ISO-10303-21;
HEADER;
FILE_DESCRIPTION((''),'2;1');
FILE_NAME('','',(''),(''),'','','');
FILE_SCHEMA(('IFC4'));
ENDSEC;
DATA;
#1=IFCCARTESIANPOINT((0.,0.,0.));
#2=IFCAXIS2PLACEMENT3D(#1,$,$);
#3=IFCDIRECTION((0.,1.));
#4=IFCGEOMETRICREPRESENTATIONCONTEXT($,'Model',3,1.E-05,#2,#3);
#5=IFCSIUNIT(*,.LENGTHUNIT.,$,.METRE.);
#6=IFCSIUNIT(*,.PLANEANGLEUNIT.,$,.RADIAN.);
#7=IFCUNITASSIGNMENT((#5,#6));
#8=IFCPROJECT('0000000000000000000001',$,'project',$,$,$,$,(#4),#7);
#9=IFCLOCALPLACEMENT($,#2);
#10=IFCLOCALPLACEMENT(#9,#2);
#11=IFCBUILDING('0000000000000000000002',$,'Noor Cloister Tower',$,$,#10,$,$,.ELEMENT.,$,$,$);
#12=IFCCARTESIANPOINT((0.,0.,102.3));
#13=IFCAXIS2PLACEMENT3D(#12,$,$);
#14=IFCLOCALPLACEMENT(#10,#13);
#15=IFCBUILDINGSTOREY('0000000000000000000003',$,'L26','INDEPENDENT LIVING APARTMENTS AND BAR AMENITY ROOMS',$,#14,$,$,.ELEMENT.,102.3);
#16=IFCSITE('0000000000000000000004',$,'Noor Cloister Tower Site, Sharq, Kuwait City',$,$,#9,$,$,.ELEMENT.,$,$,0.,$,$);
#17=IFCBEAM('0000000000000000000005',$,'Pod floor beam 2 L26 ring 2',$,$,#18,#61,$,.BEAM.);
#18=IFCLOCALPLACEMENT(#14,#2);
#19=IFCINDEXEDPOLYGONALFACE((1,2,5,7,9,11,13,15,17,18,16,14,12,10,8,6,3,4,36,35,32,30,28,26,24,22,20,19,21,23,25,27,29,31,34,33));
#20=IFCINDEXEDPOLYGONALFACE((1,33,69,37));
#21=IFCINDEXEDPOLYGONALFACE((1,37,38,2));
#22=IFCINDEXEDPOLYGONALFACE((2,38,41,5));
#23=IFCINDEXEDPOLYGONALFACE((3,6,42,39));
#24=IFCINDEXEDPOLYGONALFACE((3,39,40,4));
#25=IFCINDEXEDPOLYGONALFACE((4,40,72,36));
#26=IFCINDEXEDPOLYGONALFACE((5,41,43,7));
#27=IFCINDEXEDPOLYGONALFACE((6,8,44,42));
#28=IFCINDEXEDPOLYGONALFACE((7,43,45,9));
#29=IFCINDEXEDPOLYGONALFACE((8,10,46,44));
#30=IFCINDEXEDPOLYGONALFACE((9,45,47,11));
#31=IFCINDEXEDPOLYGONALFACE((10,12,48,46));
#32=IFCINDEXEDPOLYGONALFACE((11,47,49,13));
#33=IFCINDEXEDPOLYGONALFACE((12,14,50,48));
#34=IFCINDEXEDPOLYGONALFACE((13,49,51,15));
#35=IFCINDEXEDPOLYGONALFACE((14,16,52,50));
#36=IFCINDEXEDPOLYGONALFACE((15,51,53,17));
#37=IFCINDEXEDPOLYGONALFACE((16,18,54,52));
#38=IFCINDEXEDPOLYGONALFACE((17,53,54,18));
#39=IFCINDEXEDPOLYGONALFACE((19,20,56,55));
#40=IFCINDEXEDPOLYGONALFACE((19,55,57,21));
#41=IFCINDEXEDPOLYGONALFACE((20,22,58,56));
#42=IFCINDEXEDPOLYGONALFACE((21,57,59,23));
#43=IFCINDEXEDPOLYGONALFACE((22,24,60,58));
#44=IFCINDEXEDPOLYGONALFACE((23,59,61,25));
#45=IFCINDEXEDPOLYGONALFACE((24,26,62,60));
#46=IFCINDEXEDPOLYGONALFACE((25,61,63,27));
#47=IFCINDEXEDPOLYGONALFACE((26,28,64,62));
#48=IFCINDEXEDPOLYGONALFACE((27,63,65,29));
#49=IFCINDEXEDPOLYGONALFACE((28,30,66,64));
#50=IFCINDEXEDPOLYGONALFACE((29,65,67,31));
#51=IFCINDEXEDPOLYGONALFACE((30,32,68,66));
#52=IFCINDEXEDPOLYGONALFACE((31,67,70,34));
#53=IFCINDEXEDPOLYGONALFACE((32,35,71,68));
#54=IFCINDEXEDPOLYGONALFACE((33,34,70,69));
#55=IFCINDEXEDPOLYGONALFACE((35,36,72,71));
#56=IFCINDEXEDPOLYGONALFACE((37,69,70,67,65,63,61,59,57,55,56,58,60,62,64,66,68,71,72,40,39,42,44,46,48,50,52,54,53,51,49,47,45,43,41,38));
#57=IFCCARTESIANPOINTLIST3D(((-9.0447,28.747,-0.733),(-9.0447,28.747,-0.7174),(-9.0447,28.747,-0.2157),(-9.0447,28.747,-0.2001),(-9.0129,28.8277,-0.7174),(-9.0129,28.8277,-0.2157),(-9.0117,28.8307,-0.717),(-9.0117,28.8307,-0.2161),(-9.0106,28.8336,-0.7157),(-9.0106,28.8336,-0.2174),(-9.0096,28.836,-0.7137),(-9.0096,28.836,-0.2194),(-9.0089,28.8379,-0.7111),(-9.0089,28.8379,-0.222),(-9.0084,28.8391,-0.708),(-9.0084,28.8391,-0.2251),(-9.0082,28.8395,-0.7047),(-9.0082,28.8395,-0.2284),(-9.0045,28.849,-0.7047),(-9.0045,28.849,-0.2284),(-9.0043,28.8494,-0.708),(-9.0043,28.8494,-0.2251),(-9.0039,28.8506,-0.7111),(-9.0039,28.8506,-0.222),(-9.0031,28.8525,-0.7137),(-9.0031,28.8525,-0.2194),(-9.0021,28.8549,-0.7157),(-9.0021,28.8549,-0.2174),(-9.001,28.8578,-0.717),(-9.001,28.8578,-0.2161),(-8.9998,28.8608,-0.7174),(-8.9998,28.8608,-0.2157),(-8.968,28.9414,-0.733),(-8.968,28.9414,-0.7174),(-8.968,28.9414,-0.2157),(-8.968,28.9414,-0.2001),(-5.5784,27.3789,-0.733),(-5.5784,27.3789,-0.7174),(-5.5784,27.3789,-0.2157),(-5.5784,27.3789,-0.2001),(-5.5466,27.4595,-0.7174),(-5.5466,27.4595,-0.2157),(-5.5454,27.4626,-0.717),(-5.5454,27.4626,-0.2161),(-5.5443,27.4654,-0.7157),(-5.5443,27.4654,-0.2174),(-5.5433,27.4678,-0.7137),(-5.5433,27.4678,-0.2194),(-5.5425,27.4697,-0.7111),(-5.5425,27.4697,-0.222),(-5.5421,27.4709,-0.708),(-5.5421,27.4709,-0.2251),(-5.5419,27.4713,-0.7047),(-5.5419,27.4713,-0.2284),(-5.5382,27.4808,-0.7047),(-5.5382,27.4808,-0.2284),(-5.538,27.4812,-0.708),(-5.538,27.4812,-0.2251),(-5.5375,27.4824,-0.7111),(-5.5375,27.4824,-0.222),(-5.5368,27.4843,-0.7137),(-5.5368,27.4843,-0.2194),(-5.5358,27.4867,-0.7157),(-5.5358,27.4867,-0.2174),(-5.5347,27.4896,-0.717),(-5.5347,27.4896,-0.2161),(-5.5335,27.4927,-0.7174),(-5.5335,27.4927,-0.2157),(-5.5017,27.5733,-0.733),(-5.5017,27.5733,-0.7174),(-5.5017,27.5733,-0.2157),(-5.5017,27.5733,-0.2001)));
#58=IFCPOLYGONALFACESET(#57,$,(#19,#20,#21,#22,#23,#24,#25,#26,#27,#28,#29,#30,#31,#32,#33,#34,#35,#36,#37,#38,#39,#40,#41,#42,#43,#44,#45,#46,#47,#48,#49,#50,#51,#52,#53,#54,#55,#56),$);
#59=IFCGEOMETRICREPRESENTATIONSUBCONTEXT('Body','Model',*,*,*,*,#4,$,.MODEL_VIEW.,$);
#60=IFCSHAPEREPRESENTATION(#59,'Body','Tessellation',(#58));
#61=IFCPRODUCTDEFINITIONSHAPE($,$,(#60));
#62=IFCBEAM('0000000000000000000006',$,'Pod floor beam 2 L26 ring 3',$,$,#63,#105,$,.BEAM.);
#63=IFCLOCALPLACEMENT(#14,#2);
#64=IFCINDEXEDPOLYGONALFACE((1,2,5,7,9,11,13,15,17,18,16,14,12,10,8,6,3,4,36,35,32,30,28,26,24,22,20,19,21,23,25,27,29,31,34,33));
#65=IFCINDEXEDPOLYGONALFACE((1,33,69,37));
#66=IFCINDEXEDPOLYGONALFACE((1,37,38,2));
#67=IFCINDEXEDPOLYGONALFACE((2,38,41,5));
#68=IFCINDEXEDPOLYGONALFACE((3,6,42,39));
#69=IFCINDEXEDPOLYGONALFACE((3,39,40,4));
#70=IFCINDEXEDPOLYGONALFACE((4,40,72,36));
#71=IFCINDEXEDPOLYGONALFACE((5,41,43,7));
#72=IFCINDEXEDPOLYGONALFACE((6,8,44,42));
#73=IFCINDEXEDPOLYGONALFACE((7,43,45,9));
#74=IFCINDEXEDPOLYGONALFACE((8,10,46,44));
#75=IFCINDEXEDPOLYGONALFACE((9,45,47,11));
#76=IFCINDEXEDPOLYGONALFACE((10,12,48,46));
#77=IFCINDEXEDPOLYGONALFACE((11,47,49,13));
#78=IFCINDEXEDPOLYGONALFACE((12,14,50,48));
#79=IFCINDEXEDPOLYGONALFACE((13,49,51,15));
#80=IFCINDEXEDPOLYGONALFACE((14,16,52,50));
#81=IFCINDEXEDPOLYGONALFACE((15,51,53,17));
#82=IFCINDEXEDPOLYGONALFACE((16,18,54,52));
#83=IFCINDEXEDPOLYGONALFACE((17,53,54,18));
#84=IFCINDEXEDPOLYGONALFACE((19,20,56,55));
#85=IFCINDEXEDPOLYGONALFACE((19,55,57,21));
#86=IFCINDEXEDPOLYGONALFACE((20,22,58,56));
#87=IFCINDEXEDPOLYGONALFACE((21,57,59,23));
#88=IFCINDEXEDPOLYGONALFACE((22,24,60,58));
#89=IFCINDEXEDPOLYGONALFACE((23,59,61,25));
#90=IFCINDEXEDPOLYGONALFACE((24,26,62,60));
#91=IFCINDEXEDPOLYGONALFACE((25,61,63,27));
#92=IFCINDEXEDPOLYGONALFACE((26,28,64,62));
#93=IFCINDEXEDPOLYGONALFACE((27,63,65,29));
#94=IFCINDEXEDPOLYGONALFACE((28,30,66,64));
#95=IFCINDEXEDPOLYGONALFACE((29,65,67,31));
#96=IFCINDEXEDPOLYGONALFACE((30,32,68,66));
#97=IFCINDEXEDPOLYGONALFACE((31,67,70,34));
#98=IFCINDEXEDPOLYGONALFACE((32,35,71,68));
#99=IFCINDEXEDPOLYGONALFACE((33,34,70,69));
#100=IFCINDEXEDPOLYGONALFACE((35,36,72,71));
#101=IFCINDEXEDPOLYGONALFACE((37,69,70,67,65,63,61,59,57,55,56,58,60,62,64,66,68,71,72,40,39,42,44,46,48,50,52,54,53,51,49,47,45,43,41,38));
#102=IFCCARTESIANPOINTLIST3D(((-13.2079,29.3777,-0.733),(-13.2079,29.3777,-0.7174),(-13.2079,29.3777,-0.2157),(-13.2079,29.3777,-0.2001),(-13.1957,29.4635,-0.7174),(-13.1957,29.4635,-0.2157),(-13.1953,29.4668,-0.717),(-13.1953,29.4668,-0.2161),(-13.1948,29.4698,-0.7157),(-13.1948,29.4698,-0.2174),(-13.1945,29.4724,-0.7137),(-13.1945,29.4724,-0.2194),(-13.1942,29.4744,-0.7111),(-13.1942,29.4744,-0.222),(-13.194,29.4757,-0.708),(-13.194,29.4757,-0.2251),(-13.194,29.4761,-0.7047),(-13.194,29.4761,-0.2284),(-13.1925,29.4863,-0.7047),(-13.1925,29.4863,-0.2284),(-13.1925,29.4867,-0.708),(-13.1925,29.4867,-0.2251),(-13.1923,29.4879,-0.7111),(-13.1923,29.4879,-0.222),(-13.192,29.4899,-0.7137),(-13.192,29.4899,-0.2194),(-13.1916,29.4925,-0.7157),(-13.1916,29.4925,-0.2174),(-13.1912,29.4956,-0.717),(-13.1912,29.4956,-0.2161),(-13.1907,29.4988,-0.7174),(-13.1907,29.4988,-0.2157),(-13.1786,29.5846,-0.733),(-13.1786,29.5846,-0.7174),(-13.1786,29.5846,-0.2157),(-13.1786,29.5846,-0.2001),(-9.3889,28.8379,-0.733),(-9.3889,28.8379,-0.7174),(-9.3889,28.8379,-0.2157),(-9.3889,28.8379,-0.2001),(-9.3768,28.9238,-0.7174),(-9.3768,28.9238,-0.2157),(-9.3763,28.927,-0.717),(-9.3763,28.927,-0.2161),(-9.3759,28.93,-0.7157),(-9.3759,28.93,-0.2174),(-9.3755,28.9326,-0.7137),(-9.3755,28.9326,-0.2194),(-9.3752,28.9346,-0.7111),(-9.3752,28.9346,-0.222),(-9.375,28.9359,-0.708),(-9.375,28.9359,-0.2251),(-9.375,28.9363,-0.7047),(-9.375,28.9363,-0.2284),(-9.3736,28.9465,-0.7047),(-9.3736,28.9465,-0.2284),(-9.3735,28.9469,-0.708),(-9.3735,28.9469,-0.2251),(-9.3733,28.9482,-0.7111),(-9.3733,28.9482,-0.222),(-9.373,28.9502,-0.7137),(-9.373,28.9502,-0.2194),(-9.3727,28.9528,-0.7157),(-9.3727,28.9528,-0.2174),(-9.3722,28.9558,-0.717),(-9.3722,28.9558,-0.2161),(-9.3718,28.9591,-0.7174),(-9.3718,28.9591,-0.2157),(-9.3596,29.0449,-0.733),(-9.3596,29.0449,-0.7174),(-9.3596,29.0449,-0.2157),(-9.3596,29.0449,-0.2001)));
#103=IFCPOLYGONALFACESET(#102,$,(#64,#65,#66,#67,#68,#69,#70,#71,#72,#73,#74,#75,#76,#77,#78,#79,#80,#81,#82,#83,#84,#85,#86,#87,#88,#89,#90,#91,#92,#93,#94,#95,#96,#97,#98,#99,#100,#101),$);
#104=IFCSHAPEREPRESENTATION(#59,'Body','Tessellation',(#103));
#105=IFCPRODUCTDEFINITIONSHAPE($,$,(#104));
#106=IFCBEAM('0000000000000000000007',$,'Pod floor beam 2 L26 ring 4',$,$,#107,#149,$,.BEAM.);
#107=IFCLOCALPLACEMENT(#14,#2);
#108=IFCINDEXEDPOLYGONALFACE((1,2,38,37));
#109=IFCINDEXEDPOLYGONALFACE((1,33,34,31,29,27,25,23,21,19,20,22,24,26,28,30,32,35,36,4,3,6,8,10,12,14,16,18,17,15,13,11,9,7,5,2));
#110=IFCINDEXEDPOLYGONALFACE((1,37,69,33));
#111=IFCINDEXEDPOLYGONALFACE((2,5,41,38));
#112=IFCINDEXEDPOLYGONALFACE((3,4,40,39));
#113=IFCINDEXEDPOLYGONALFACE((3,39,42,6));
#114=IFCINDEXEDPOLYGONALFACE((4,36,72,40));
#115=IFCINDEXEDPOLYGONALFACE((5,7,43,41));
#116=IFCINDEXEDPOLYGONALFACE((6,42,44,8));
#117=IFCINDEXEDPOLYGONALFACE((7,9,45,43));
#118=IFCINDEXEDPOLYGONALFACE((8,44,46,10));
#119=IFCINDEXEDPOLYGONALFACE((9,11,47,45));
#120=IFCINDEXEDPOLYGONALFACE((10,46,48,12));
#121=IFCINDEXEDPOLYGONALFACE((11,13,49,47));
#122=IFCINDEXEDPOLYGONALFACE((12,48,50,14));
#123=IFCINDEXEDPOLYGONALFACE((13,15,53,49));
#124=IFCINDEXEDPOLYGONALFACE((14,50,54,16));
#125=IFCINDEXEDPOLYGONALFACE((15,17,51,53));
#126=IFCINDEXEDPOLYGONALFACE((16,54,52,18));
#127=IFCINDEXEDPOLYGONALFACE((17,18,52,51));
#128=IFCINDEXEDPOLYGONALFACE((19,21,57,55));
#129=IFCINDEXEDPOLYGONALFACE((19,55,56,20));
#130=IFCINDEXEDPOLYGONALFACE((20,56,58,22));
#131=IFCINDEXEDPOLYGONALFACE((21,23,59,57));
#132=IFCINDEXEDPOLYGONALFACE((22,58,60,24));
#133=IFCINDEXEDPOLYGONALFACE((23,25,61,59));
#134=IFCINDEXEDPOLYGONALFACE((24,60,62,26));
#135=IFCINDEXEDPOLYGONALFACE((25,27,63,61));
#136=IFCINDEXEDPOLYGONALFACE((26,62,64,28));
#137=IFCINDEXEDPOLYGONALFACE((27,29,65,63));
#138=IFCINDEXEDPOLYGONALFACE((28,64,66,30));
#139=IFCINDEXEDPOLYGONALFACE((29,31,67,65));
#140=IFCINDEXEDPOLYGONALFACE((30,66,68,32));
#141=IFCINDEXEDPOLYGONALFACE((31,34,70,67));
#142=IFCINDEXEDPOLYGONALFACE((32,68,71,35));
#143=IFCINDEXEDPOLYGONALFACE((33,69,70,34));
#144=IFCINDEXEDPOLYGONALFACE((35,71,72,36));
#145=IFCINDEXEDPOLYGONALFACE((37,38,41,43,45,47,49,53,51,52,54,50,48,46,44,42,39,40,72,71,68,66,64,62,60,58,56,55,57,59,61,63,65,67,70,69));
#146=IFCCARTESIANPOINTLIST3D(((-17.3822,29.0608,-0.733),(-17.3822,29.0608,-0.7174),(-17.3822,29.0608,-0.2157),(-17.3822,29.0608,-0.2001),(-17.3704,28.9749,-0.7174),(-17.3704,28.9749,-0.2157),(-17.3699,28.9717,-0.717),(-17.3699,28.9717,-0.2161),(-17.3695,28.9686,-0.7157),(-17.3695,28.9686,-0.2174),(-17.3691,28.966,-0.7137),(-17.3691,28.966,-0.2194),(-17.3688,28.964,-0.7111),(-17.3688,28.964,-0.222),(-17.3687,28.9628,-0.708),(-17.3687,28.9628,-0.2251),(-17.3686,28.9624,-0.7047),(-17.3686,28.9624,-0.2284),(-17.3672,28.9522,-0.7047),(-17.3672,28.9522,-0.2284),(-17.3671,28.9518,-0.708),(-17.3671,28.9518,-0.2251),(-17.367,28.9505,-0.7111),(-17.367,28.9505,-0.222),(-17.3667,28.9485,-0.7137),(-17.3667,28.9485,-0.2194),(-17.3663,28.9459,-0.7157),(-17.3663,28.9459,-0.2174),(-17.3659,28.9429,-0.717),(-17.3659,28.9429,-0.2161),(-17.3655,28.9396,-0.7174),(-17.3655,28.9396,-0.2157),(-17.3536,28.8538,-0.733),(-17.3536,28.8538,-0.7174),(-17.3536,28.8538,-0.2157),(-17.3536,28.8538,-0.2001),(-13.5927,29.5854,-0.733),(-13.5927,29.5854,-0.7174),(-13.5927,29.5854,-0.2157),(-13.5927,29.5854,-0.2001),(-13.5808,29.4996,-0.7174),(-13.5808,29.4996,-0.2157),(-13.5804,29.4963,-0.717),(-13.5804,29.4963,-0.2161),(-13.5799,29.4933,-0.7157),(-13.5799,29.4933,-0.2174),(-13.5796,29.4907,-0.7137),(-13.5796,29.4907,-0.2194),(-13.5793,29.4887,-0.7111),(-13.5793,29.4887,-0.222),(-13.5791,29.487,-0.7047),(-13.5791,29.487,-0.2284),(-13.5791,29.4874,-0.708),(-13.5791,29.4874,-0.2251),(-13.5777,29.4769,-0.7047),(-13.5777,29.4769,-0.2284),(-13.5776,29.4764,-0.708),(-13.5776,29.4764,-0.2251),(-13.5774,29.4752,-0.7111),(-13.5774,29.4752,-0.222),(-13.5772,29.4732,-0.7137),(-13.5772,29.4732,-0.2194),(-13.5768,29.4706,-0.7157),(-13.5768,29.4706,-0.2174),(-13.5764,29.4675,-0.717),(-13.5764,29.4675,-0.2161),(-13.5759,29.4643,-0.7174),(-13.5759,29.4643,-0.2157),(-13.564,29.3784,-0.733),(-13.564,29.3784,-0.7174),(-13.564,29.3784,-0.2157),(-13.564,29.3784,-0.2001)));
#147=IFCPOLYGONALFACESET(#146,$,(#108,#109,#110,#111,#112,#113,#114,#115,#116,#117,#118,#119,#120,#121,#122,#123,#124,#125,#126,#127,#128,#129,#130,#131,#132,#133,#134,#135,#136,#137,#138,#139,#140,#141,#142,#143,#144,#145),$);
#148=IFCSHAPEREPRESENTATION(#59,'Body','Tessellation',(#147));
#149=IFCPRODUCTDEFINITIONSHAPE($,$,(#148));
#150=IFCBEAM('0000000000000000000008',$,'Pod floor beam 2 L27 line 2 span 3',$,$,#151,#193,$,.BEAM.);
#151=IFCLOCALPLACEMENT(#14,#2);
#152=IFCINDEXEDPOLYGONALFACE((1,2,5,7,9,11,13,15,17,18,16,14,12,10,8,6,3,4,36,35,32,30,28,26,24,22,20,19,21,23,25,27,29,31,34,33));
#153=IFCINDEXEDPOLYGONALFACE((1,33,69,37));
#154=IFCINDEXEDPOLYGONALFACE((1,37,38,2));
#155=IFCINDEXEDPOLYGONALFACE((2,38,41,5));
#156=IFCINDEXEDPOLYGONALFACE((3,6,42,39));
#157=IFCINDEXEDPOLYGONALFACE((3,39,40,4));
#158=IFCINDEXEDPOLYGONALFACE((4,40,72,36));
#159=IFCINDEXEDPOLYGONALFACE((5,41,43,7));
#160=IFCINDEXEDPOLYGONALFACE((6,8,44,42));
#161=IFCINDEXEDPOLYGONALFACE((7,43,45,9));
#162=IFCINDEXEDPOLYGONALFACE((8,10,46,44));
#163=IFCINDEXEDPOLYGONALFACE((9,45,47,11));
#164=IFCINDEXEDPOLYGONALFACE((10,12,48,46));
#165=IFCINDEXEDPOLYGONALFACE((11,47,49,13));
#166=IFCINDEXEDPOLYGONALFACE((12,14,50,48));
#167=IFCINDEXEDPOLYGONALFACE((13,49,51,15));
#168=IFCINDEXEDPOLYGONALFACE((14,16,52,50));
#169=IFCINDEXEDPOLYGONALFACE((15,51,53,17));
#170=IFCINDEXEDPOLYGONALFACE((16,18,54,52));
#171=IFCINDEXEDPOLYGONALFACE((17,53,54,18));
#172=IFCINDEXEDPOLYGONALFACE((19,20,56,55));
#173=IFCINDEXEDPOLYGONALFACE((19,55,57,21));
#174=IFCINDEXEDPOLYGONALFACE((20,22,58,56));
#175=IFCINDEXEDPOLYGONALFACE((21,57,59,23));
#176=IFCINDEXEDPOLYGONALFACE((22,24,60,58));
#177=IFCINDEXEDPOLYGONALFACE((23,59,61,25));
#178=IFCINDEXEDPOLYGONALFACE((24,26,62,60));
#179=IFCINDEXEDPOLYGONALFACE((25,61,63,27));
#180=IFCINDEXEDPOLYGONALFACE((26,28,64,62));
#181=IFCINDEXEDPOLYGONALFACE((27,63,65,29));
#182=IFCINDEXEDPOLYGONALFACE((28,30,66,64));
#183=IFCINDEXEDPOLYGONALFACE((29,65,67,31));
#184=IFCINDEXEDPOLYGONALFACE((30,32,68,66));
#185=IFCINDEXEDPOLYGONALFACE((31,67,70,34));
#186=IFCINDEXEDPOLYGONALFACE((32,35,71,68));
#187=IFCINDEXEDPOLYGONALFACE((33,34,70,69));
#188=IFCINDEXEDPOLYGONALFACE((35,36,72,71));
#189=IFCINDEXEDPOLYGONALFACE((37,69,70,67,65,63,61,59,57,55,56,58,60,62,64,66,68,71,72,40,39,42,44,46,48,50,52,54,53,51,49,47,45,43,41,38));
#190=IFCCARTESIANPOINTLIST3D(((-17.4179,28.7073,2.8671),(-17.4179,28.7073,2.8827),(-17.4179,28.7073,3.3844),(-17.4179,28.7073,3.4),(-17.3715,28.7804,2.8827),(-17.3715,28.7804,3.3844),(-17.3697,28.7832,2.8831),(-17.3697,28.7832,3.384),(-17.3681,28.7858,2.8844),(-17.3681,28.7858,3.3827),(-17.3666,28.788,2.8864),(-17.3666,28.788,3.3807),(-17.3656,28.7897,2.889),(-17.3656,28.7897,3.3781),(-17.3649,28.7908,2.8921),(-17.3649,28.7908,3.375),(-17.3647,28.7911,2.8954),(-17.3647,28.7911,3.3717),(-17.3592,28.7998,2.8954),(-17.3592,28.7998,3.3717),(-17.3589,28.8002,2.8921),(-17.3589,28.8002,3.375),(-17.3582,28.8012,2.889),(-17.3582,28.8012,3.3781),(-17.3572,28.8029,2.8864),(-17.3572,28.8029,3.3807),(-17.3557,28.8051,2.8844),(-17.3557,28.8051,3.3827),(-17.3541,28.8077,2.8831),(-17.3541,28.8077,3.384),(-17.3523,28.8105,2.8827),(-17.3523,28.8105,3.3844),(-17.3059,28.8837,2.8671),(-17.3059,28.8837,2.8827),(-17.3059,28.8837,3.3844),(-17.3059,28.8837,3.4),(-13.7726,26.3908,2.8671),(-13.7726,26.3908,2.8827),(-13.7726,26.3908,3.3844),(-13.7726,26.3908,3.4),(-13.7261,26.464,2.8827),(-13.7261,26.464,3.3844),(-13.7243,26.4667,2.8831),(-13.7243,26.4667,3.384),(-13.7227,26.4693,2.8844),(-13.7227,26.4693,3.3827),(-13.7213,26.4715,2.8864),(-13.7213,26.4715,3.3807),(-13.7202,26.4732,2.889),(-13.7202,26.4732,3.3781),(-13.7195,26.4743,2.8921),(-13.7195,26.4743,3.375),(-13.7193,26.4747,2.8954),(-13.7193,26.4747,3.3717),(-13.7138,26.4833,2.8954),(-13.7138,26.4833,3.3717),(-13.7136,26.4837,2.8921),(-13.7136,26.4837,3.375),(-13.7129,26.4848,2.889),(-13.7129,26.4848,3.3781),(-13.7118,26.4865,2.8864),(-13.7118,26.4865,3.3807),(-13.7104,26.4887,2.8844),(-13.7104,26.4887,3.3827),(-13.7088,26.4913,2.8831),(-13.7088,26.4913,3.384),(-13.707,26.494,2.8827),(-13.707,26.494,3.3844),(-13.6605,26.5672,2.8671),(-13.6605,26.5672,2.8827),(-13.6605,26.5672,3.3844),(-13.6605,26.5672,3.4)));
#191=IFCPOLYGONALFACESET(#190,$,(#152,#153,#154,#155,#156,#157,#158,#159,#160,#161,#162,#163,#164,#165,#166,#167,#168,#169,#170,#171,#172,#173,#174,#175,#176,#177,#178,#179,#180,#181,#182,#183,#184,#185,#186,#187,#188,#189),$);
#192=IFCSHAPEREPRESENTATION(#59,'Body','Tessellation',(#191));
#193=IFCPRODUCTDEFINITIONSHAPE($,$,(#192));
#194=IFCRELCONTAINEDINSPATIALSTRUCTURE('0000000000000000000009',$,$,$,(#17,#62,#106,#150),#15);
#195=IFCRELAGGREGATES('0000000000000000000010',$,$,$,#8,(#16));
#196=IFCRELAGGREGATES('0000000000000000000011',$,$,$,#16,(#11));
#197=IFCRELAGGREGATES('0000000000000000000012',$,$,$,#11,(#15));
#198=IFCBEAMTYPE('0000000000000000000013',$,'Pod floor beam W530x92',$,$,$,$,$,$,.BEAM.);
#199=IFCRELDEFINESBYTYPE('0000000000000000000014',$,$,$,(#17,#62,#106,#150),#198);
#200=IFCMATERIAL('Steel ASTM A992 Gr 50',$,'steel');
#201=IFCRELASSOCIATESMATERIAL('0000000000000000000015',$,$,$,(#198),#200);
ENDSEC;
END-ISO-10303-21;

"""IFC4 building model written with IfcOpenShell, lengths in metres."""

from ifc_helpers import new_model, si_unit, direction, frame, origin, origin_2d, place, context, subcontext, project, spatial, i_section, extrude, material, material_profile, profile_set, type_object, element, save


model = new_model("IFC4")

# Units and contexts
model_context = context("Model", 3, precision=1e-05, world=origin(), true_north=direction((0.0, 1.0)))
body_context = subcontext(model_context, "Body", "Model", "MODEL_VIEW")
ifc_project = project(units=[si_unit("LENGTHUNIT", "METRE"), si_unit("PLANEANGLEUNIT", "RADIAN")], contexts=[model_context])

# Site, building, storey
site_placement = place(None, origin())
site = spatial("IfcSite", under=ifc_project, at=site_placement, Name="Noor Cloister Tower Site, Sharq, Kuwait City", CompositionType="ELEMENT", RefElevation=0.0)
building_placement = place(site_placement, origin())
building = spatial("IfcBuilding", under=site, at=building_placement, Name="Noor Cloister Tower", CompositionType="ELEMENT")
storey_placement = place(building_placement, frame((0.0, 0.0, 102.3)))
storey = spatial("IfcBuildingStorey", under=building, at=storey_placement, Name="L26", Description="INDEPENDENT LIVING APARTMENTS AND BAR AMENITY ROOMS", CompositionType="ELEMENT", Elevation=102.3)

# Beams
ifc_material_1 = material(Name="Steel ASTM A992 Gr 50", Category="steel")
ifc_material_profile_1 = material_profile(ifc_material_1, i_section(OverallWidth=0.209, OverallDepth=0.533, WebThickness=0.0103, FlangeThickness=0.0156, FilletRadius=0.0127, at=origin_2d()), Name="W530x92")
ifc_profile_set_1 = profile_set([ifc_material_profile_1], Name="Steel ASTM A992 Gr 50")
beam_type = type_object("IfcBeamType", Name="Pod floor beam W530x92", PredefinedType="BEAM", material=ifc_profile_set_1)
beam_1_placement = place(storey_placement, frame((-5.54, 27.4761, -0.4666), z_axis=(-0.930166, 0.36714, 0.0), x_axis=(-0.36714, -0.930166, 0.0)))
element("IfcBeam", 1, at=beam_1_placement, inside=storey, type_object=beam_type, Name="Pod floor beam 2 L26 ring 2", PredefinedType="BEAM", context=body_context, shape_type="SweptSolid", body=[
    extrude(i_section(OverallWidth=0.209, OverallDepth=0.533, WebThickness=0.0103, FlangeThickness=0.0156, FilletRadius=0.0127, at=origin_2d()), origin(), (0.0, 0.0, 1.0), 3.7266),
])
beam_2_placement = place(storey_placement, frame((-9.3743, 28.9414, -0.4666), z_axis=(-0.990159, 0.13995, 0.0), x_axis=(-0.13995, -0.990159, 0.0)))
element("IfcBeam", 2, at=beam_2_placement, inside=storey, type_object=beam_type, Name="Pod floor beam 2 L26 ring 3", PredefinedType="BEAM", context=body_context, shape_type="SweptSolid", body=[
    extrude(i_section(OverallWidth=0.209, OverallDepth=0.533, WebThickness=0.0103, FlangeThickness=0.0156, FilletRadius=0.0127, at=origin_2d()), origin(), (0.0, 0.0, 1.0), 3.8569),
])
beam_3_placement = place(storey_placement, frame((-13.5784, 29.4819, -0.4666), z_axis=(-0.990552, -0.137141, 0.0), x_axis=(0.137141, -0.990552, 0.0)))
element("IfcBeam", 3, at=beam_3_placement, inside=storey, type_object=beam_type, Name="Pod floor beam 2 L26 ring 4", PredefinedType="BEAM", context=body_context, shape_type="SweptSolid", body=[
    extrude(i_section(OverallWidth=0.209, OverallDepth=0.533, WebThickness=0.0103, FlangeThickness=0.0156, FilletRadius=0.0127, at=origin_2d()), origin(), (0.0, 0.0, 1.0), 3.8257),
])
beam_4_placement = place(storey_placement, frame((-13.7166, 26.479, 3.1335), z_axis=(-0.844008, 0.53633, 0.0), x_axis=(-0.53633, -0.844008, 0.0)))
element("IfcBeam", 4, at=beam_4_placement, inside=storey, type_object=beam_type, Name="Pod floor beam 2 L27 line 2 span 3", PredefinedType="BEAM", context=body_context, shape_type="SweptSolid", body=[
    extrude(i_section(OverallWidth=0.209, OverallDepth=0.533, WebThickness=0.0103, FlangeThickness=0.0156, FilletRadius=0.0127, at=origin_2d()), origin(), (0.0, 0.0, 1.0), 4.3191),
])

save(model, "model.ifc")
